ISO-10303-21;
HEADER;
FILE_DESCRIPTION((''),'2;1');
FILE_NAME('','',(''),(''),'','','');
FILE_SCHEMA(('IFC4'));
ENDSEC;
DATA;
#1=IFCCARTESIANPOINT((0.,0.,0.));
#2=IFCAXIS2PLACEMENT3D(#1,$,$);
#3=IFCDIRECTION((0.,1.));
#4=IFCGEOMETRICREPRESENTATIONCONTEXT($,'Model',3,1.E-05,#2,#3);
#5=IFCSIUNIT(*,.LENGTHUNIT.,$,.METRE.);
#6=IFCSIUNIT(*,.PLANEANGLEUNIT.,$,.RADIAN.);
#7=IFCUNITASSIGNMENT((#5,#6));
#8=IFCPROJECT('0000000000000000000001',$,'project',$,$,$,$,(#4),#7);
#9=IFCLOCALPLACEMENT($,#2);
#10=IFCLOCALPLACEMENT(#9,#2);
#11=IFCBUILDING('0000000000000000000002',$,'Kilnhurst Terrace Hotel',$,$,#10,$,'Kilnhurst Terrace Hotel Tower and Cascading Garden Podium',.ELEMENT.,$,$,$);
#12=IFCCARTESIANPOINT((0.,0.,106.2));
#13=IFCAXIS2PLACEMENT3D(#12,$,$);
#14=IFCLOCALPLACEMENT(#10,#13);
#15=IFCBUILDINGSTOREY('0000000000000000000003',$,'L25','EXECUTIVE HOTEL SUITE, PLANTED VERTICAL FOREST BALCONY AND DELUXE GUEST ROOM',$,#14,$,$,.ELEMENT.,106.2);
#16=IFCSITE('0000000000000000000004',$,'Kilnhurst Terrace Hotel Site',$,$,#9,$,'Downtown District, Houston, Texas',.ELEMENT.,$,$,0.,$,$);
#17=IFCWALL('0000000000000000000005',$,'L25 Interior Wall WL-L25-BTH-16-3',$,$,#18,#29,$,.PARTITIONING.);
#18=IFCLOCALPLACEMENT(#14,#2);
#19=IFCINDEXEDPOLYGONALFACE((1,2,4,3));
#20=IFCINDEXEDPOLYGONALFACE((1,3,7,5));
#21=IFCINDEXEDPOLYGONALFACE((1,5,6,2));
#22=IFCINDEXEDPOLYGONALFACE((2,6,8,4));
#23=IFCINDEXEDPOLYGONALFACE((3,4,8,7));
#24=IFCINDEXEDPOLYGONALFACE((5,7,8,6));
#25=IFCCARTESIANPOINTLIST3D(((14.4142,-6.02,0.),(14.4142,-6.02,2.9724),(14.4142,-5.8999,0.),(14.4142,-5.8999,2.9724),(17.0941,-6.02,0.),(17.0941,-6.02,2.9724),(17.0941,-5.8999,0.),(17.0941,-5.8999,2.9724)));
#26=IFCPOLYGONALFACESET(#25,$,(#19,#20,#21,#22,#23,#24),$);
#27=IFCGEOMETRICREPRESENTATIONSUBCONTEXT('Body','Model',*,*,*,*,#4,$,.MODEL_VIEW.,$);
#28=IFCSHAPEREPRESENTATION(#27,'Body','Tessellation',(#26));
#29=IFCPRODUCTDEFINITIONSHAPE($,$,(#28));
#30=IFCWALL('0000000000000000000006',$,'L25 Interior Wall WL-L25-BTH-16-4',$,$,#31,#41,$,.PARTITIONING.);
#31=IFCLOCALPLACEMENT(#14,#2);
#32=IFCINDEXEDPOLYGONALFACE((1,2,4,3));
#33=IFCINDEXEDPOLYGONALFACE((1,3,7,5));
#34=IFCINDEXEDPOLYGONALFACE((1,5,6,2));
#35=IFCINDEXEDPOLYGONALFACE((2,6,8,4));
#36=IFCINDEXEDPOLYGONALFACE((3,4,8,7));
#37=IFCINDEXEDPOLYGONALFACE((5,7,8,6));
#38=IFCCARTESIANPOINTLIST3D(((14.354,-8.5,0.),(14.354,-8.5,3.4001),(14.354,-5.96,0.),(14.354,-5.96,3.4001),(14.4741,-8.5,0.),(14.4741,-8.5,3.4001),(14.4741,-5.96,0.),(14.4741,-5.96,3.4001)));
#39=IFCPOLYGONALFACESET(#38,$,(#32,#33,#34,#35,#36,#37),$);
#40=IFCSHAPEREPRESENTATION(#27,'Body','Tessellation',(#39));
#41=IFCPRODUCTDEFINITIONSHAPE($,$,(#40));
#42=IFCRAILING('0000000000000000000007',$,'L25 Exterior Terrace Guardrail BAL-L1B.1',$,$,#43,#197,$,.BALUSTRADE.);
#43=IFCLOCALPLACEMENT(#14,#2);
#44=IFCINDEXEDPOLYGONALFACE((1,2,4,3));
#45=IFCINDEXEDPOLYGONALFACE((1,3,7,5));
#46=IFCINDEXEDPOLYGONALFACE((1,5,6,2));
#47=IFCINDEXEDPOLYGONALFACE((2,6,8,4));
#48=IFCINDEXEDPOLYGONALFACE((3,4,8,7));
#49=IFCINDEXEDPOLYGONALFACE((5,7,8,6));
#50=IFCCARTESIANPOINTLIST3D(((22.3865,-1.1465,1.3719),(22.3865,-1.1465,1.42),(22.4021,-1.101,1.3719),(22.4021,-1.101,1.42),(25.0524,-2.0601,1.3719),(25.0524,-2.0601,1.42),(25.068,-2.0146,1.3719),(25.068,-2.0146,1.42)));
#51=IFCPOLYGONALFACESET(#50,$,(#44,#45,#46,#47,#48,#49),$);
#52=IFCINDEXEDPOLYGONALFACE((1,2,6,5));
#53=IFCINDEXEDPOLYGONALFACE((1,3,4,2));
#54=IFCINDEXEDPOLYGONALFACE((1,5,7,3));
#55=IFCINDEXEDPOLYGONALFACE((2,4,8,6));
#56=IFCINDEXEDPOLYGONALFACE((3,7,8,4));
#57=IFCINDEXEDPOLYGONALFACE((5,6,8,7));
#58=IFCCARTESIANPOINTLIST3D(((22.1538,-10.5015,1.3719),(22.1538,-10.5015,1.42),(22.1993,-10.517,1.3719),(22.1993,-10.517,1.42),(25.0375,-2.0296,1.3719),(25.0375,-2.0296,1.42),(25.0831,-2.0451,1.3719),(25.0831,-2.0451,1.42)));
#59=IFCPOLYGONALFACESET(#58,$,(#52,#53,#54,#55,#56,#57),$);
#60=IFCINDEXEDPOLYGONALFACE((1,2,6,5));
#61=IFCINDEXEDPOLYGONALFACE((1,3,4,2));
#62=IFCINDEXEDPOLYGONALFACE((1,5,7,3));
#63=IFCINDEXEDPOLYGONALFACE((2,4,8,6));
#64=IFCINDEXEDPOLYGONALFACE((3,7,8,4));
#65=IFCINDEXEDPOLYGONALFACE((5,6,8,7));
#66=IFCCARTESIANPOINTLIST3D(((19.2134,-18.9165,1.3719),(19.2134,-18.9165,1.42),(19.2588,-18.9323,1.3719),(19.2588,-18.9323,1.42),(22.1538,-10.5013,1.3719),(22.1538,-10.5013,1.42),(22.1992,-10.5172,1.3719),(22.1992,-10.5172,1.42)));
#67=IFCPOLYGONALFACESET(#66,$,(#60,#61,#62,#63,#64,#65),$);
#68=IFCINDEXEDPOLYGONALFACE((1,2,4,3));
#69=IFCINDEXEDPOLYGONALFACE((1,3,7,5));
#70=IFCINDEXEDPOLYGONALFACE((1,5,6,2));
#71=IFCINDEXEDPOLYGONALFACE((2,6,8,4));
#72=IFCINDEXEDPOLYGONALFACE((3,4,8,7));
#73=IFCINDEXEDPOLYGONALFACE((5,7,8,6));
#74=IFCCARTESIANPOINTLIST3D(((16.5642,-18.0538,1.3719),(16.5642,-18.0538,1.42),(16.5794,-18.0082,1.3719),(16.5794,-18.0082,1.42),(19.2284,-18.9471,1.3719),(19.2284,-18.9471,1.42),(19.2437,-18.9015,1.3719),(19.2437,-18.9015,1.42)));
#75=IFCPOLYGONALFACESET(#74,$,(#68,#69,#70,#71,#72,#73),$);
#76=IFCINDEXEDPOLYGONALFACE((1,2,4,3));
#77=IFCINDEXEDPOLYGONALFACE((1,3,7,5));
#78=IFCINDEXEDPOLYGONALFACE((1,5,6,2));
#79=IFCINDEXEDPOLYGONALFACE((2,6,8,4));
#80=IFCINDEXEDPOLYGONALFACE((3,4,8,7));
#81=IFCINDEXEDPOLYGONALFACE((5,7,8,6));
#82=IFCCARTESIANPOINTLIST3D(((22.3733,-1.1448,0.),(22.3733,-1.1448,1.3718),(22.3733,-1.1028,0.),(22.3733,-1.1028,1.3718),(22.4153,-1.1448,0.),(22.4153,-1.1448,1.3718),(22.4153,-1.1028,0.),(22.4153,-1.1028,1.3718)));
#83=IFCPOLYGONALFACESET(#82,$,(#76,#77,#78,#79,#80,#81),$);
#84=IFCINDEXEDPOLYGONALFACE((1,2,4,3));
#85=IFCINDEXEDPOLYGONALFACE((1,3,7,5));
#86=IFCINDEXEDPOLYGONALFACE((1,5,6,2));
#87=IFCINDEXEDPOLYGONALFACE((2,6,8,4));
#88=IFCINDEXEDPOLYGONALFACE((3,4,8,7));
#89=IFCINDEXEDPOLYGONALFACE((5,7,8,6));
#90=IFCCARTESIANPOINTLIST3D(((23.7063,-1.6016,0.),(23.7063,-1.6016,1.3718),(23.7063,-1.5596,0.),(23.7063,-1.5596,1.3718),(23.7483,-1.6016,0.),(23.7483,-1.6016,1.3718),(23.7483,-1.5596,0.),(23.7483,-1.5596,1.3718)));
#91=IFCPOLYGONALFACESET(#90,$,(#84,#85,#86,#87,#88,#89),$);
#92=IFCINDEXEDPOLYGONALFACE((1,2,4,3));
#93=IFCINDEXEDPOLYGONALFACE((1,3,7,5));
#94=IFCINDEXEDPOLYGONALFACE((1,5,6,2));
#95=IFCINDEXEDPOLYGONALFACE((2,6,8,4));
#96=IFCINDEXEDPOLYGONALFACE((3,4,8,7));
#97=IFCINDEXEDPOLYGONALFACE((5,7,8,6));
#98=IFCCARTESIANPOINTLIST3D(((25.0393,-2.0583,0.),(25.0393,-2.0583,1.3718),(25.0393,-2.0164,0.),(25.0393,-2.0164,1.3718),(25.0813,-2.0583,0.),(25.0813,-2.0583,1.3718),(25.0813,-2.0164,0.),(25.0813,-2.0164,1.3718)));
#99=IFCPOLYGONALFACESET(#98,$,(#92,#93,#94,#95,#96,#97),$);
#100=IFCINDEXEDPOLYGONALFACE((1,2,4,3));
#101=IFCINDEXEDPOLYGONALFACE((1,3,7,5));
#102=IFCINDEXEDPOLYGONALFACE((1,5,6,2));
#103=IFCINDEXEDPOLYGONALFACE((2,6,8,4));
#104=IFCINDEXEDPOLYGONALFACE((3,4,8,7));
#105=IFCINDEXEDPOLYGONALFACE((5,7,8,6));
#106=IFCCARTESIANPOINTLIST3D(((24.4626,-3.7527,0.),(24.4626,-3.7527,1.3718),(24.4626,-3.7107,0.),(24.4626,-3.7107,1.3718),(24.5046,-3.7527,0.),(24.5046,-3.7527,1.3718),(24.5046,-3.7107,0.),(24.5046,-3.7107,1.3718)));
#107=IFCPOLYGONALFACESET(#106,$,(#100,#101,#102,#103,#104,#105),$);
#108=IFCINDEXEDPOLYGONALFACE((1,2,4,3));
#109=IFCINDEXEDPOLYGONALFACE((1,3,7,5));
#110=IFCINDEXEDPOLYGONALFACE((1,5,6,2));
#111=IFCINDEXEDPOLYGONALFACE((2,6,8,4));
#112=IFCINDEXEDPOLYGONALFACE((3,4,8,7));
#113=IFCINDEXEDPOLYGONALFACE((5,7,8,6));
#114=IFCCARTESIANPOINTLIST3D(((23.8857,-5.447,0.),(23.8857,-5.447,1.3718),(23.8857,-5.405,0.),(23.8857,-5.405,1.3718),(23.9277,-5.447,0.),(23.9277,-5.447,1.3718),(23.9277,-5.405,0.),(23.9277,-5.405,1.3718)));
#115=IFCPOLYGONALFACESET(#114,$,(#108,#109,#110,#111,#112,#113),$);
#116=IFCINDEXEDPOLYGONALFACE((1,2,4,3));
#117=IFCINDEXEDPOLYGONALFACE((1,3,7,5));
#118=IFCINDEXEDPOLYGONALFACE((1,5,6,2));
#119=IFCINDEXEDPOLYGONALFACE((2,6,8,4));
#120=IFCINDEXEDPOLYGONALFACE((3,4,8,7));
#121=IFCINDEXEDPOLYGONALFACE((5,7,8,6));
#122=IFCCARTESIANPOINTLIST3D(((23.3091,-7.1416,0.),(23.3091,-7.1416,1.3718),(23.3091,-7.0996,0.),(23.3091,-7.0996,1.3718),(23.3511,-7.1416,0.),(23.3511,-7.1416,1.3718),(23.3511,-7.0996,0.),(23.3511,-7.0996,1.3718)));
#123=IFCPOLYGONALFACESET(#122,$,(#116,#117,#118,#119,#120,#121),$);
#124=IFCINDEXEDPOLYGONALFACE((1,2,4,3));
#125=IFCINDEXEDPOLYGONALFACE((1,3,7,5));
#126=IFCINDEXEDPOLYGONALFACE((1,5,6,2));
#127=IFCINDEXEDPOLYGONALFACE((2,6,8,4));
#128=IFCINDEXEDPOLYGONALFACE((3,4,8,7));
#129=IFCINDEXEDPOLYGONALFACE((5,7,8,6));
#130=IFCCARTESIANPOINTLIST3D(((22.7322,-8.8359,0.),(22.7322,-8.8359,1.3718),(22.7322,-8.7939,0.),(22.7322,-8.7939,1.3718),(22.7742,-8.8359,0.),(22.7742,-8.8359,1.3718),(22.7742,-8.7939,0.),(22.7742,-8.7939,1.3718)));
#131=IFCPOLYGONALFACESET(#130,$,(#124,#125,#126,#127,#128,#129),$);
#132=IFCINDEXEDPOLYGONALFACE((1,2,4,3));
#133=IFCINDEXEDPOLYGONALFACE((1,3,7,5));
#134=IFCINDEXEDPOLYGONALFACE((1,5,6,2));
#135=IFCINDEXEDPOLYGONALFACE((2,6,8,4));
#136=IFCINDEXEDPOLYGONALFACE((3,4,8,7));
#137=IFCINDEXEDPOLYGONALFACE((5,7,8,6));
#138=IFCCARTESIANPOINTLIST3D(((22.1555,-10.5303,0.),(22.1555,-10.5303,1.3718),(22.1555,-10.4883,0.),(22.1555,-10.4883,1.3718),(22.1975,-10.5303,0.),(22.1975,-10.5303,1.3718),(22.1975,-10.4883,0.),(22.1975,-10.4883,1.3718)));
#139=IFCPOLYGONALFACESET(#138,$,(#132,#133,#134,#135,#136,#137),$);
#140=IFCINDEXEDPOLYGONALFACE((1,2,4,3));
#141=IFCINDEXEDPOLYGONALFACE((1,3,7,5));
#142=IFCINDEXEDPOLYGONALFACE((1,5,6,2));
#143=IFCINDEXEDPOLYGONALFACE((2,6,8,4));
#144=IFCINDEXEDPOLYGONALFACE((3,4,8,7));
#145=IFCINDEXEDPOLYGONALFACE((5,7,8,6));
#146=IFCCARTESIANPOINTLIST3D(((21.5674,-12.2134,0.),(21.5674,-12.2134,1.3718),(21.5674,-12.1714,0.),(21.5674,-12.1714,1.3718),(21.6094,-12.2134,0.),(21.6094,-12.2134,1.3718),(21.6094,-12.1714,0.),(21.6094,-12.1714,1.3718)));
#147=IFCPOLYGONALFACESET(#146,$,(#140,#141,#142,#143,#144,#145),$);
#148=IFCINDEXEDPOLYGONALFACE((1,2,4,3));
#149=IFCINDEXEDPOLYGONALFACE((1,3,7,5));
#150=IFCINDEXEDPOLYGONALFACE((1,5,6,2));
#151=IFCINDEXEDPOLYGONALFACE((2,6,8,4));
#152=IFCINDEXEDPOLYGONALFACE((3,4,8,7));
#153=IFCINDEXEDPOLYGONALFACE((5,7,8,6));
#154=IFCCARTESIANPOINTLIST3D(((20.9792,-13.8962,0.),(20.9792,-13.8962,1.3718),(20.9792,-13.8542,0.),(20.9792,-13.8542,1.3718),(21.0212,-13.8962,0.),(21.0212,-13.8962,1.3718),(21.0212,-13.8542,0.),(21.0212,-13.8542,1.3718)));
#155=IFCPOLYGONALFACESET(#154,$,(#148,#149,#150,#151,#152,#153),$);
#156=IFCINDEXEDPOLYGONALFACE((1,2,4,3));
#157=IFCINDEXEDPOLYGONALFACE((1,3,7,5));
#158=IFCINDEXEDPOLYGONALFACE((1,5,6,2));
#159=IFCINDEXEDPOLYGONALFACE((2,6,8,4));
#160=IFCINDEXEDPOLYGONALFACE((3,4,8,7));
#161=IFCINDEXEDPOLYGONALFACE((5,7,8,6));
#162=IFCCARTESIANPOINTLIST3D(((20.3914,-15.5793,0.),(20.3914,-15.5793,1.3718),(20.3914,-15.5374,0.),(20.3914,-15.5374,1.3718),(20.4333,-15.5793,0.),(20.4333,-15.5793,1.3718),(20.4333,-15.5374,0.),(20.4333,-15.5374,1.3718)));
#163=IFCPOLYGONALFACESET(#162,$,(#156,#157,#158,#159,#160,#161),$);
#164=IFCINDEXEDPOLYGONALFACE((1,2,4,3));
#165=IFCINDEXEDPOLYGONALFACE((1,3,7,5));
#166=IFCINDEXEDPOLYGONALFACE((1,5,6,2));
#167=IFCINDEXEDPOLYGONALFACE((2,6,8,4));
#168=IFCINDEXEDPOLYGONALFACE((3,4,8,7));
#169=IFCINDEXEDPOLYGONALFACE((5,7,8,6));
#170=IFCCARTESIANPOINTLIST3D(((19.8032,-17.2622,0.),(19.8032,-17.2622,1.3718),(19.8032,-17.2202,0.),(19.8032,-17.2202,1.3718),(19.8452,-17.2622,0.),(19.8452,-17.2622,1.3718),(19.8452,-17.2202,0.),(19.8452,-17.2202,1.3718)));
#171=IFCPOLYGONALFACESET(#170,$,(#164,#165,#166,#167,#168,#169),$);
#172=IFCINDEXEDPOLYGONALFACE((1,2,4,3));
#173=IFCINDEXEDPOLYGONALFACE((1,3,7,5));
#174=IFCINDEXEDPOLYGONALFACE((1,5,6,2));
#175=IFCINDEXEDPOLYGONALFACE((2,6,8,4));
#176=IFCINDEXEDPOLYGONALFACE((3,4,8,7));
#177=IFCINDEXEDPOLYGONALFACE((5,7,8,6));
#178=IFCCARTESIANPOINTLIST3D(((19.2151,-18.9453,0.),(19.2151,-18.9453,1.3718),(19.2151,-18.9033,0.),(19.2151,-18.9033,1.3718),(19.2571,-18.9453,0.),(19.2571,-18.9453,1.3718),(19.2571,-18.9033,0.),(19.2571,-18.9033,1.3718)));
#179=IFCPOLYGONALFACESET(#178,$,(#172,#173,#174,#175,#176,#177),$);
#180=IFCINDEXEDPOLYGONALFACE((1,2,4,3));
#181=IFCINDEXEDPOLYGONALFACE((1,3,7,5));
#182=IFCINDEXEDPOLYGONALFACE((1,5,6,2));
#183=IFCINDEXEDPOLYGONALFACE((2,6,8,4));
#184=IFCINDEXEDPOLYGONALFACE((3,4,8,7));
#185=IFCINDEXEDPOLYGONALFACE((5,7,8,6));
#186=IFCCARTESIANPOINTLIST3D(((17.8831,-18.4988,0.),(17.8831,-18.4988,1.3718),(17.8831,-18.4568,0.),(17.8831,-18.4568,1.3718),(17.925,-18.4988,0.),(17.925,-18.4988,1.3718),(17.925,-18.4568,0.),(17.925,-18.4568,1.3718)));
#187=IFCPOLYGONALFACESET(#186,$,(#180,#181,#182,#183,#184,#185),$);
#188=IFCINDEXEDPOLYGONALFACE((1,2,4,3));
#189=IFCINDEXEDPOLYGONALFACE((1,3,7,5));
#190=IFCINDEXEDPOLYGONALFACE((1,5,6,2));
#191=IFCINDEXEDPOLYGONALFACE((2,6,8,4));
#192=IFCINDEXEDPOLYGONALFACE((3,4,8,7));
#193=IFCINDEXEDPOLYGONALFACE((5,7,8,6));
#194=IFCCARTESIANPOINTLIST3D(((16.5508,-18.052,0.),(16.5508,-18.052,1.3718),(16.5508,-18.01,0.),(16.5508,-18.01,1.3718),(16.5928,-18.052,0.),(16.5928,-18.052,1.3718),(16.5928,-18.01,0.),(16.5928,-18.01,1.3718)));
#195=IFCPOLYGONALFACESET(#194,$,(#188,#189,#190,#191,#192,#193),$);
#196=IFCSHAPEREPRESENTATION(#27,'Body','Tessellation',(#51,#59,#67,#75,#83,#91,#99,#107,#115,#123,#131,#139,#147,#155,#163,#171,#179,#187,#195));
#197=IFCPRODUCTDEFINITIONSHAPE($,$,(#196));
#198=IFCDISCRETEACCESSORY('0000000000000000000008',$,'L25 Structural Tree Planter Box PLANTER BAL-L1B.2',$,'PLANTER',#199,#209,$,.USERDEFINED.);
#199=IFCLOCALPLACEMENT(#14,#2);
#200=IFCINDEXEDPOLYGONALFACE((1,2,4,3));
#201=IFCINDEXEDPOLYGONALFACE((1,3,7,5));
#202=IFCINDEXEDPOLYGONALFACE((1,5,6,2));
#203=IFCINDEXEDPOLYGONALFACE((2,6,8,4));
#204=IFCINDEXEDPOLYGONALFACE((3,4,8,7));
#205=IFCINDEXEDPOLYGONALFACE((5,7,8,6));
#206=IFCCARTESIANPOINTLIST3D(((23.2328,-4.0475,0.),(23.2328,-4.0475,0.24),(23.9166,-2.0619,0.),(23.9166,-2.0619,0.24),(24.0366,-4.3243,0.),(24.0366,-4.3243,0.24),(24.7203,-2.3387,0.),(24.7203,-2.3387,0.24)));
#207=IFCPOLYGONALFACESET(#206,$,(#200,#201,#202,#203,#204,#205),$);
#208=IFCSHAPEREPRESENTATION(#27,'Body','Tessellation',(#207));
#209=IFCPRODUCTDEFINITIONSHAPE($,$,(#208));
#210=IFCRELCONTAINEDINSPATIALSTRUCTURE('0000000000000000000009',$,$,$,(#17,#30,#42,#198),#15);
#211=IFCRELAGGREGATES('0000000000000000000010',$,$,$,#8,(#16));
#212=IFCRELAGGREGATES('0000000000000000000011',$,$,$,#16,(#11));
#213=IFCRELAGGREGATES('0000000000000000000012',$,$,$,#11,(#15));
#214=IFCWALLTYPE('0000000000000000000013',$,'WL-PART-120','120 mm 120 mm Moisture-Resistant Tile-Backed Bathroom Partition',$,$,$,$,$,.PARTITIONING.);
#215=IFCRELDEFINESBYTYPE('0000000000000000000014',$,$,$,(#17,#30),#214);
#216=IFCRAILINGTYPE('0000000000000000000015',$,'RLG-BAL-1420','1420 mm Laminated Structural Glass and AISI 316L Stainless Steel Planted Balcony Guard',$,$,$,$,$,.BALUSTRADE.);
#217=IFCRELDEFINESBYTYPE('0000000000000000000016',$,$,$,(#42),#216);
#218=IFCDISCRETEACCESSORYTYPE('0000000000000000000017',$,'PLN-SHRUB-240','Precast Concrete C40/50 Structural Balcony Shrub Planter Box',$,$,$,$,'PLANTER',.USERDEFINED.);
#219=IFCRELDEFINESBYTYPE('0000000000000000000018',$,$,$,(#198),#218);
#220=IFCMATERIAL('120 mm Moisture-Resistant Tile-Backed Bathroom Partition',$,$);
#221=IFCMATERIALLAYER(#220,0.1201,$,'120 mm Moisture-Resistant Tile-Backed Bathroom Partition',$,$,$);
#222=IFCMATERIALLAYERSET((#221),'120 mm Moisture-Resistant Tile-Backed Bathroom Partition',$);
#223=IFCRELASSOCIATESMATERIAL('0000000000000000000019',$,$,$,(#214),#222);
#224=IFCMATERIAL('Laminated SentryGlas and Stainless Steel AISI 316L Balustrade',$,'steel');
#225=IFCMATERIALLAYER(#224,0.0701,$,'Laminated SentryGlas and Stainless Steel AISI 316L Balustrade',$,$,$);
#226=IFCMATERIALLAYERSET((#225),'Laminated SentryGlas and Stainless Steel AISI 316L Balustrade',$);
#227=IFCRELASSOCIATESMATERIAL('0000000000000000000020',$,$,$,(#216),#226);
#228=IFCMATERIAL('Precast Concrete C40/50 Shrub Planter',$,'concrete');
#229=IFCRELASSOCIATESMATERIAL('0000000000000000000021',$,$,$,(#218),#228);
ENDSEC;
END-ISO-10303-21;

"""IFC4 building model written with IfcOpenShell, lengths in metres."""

from ifc_helpers import new_model, si_unit, direction, frame, frame_2d, origin, origin_2d, place, context, subcontext, project, spatial, rectangle, extrude, material, layer, layer_set, type_object, element, save


model = new_model("IFC4")

# Units and contexts
model_context = context("Model", 3, precision=1e-05, world=origin(), true_north=direction((0.0, 1.0)))
body_context = subcontext(model_context, "Body", "Model", "MODEL_VIEW")
ifc_project = project(units=[si_unit("LENGTHUNIT", "METRE"), si_unit("PLANEANGLEUNIT", "RADIAN")], contexts=[model_context])

# Site, building, storey
site_placement = place(None, origin())
site = spatial("IfcSite", under=ifc_project, at=site_placement, Name="Kilnhurst Terrace Hotel Site", LongName="Downtown District, Houston, Texas", CompositionType="ELEMENT", RefElevation=0.0)
building_placement = place(site_placement, origin())
building = spatial("IfcBuilding", under=site, at=building_placement, Name="Kilnhurst Terrace Hotel", LongName="Kilnhurst Terrace Hotel Tower and Cascading Garden Podium", CompositionType="ELEMENT")
storey_placement = place(building_placement, frame((0.0, 0.0, 106.2)))
storey = spatial("IfcBuildingStorey", under=building, at=storey_placement, Name="L25", Description="EXECUTIVE HOTEL SUITE, PLANTED VERTICAL FOREST BALCONY AND DELUXE GUEST ROOM", CompositionType="ELEMENT", Elevation=106.2)

# Walls
ifc_material_1 = material(Name="120 mm Moisture-Resistant Tile-Backed Bathroom Partition")
ifc_layer_1 = layer(ifc_material_1, 0.1201, Name="120 mm Moisture-Resistant Tile-Backed Bathroom Partition")
ifc_layer_set_1 = layer_set([ifc_layer_1], Name="120 mm Moisture-Resistant Tile-Backed Bathroom Partition")
wall_type_1 = type_object("IfcWallType", Name="WL-PART-120", Description="120 mm 120 mm Moisture-Resistant Tile-Backed Bathroom Partition", PredefinedType="PARTITIONING", material=ifc_layer_set_1)
wall_1_placement = place(storey_placement, frame((17.094, -5.96, 0.0), z_axis=(0.0, 0.0, 1.0), x_axis=(-1.0, 0.0, 0.0)))
element("IfcWall", 1, at=wall_1_placement, inside=storey, type_object=wall_type_1, Name="L25 Interior Wall WL-L25-BTH-16-3", PredefinedType="PARTITIONING", context=body_context, shape_type="SweptSolid", body=[
    extrude(rectangle(XDim=2.6799, YDim=0.1201, at=frame_2d((1.3398, 0.0))), origin(), (0.0, 0.0, 1.0), 2.9724),
])
wall_2_placement = place(storey_placement, frame((14.4141, -5.96, 0.0), z_axis=(0.0, 0.0, 1.0), x_axis=(0.0, -1.0, 0.0)))
element("IfcWall", 2, at=wall_2_placement, inside=storey, type_object=wall_type_1, Name="L25 Interior Wall WL-L25-BTH-16-4", PredefinedType="PARTITIONING", context=body_context, shape_type="SweptSolid", body=[
    extrude(rectangle(XDim=2.54, YDim=0.1201, at=frame_2d((1.27, 0.0))), origin(), (0.0, 0.0, 1.0), 3.4001),
])

# Railing
ifc_material_2 = material(Name="Laminated SentryGlas and Stainless Steel AISI 316L Balustrade", Category="steel")
ifc_layer_2 = layer(ifc_material_2, 0.0701, Name="Laminated SentryGlas and Stainless Steel AISI 316L Balustrade")
ifc_layer_set_2 = layer_set([ifc_layer_2], Name="Laminated SentryGlas and Stainless Steel AISI 316L Balustrade")
railing_type = type_object("IfcRailingType", Name="RLG-BAL-1420", Description="1420 mm Laminated Structural Glass and AISI 316L Stainless Steel Planted Balcony Guard", PredefinedType="BALUSTRADE", material=ifc_layer_set_2)
railing_placement = place(storey_placement, frame((22.3943, -1.1238, 0.0)))
element("IfcRailing", 3, at=railing_placement, inside=storey, type_object=railing_type, Name="L25 Exterior Terrace Guardrail BAL-L1B.1", PredefinedType="BALUSTRADE", context=body_context, shape_type="SweptSolid", body=[
    extrude(rectangle(XDim=0.0481, YDim=0.0481, at=origin_2d()), frame((0.0, 0.0, 1.396), z_axis=(0.945999, -0.324169, 0.0), x_axis=(0.324169, 0.945999, 0.0)), (0.0, 0.0, 1.0), 2.8181),
    extrude(rectangle(XDim=0.0481, YDim=0.0481, at=origin_2d()), frame((2.666, -0.9136, 1.396), z_axis=(-0.322237, -0.946659, 0.0), x_axis=(0.946659, -0.322237, 0.0)), (0.0, 0.0, 1.0), 8.9492),
    extrude(rectangle(XDim=0.0481, YDim=0.0481, at=origin_2d()), frame((-0.2178, -9.3855, 1.396), z_axis=(-0.329867, -0.944027, 0.0), x_axis=(0.944027, -0.329867, 0.0)), (0.0, 0.0, 1.0), 8.9141),
    extrude(rectangle(XDim=0.0481, YDim=0.0481, at=origin_2d()), frame((-3.1582, -17.8005, 1.396), z_axis=(-0.948126, 0.317895, 0.0), x_axis=(-0.317895, -0.948126, 0.0)), (0.0, 0.0, 1.0), 2.8101),
    extrude(rectangle(XDim=0.042, YDim=0.042, at=origin_2d()), origin(), (0.0, 0.0, 1.0), 1.3718),
    extrude(rectangle(XDim=0.042, YDim=0.042, at=origin_2d()), frame((1.333, -0.4568, 0.0)), (0.0, 0.0, 1.0), 1.3718),
    extrude(rectangle(XDim=0.042, YDim=0.042, at=origin_2d()), frame((2.666, -0.9136, 0.0)), (0.0, 0.0, 1.0), 1.3718),
    extrude(rectangle(XDim=0.042, YDim=0.042, at=origin_2d()), frame((2.0894, -2.6079, 0.0)), (0.0, 0.0, 1.0), 1.3718),
    extrude(rectangle(XDim=0.042, YDim=0.042, at=origin_2d()), frame((1.5125, -4.3022, 0.0)), (0.0, 0.0, 1.0), 1.3718),
    extrude(rectangle(XDim=0.042, YDim=0.042, at=origin_2d()), frame((0.9358, -5.9968, 0.0)), (0.0, 0.0, 1.0), 1.3718),
    extrude(rectangle(XDim=0.042, YDim=0.042, at=origin_2d()), frame((0.3589, -7.6912, 0.0)), (0.0, 0.0, 1.0), 1.3718),
    extrude(rectangle(XDim=0.042, YDim=0.042, at=origin_2d()), frame((-0.2178, -9.3855, 0.0)), (0.0, 0.0, 1.0), 1.3718),
    extrude(rectangle(XDim=0.042, YDim=0.042, at=origin_2d()), frame((-0.8059, -11.0686, 0.0)), (0.0, 0.0, 1.0), 1.3718),
    extrude(rectangle(XDim=0.042, YDim=0.042, at=origin_2d()), frame((-1.394, -12.7515, 0.0)), (0.0, 0.0, 1.0), 1.3718),
    extrude(rectangle(XDim=0.042, YDim=0.042, at=origin_2d()), frame((-1.9819, -14.4346, 0.0)), (0.0, 0.0, 1.0), 1.3718),
    extrude(rectangle(XDim=0.042, YDim=0.042, at=origin_2d()), frame((-2.5701, -16.1174, 0.0)), (0.0, 0.0, 1.0), 1.3718),
    extrude(rectangle(XDim=0.042, YDim=0.042, at=origin_2d()), frame((-3.1582, -17.8005, 0.0)), (0.0, 0.0, 1.0), 1.3718),
    extrude(rectangle(XDim=0.042, YDim=0.042, at=origin_2d()), frame((-4.4902, -17.354, 0.0)), (0.0, 0.0, 1.0), 1.3718),
    extrude(rectangle(XDim=0.042, YDim=0.042, at=origin_2d()), frame((-5.8225, -16.9072, 0.0)), (0.0, 0.0, 1.0), 1.3718),
])

# Discrete accessory
ifc_material_3 = material(Name="Precast Concrete C40/50 Shrub Planter", Category="concrete")
discrete_accessory_type = type_object("IfcDiscreteAccessoryType", Name="PLN-SHRUB-240", Description="Precast Concrete C40/50 Structural Balcony Shrub Planter Box", ElementType="PLANTER", PredefinedType="USERDEFINED", material=ifc_material_3)
discrete_accessory_placement = place(storey_placement, frame((23.9766, -3.1931, 0.0), z_axis=(0.0, 0.0, 1.0), x_axis=(0.325601, 0.945507, 0.0)))
element("IfcDiscreteAccessory", 4, at=discrete_accessory_placement, inside=storey, type_object=discrete_accessory_type, Name="L25 Structural Tree Planter Box PLANTER BAL-L1B.2", ObjectType="PLANTER", PredefinedType="USERDEFINED", context=body_context, shape_type="SweptSolid", body=[
    extrude(rectangle(XDim=2.1001, YDim=0.8501, at=origin_2d()), origin(), (0.0, 0.0, 1.0), 0.24),
])

save(model, "model.ifc")
